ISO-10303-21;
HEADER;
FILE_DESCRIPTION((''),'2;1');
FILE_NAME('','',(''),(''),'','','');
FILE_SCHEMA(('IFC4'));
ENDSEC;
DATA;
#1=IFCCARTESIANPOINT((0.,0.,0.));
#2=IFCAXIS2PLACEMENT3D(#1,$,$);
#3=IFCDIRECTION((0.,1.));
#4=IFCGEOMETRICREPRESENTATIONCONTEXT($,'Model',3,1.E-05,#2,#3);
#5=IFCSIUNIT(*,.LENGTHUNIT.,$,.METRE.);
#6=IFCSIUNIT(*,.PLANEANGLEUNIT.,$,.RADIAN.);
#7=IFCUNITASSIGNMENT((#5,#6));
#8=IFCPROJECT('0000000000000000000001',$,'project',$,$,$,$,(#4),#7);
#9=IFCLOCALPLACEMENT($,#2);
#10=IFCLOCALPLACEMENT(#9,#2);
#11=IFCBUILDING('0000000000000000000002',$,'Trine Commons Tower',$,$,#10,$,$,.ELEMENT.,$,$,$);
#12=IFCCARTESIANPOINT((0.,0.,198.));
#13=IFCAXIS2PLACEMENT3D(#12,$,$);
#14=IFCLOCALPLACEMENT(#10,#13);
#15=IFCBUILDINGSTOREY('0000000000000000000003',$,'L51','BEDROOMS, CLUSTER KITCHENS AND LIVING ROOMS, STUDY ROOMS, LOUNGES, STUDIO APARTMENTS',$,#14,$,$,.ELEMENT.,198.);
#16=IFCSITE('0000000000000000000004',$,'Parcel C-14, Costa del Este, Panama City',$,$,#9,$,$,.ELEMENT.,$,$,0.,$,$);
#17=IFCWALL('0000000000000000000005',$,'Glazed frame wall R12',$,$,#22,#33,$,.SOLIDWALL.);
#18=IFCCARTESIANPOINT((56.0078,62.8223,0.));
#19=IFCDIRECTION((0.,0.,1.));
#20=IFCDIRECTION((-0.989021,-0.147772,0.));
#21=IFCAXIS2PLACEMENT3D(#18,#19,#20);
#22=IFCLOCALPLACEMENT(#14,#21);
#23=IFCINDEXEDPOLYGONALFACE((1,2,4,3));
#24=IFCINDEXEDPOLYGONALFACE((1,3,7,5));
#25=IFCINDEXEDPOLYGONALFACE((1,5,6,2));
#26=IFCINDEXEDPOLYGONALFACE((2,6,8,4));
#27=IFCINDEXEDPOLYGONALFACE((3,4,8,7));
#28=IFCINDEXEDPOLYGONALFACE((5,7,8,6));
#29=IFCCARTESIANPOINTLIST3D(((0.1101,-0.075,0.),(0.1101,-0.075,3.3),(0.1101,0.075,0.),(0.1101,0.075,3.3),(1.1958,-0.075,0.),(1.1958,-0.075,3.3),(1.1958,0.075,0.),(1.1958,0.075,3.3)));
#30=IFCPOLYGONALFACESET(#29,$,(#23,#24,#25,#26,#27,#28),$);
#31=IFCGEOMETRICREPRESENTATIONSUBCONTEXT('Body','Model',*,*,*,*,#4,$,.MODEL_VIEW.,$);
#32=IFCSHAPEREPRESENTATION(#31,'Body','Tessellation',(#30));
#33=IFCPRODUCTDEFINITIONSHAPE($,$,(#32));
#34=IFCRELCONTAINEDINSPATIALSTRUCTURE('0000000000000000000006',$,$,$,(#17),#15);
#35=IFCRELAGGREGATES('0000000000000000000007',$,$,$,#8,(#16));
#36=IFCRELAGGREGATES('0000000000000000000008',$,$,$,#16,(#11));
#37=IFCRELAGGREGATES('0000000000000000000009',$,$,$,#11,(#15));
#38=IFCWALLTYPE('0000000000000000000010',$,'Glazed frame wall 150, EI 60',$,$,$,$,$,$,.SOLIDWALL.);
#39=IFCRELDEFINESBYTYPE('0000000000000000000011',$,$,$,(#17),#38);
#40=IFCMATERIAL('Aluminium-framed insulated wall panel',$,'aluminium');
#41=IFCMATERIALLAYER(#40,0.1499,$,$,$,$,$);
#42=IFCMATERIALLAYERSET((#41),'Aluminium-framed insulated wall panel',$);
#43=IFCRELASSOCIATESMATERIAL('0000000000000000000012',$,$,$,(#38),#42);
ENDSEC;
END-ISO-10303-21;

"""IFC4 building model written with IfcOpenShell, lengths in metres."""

from ifc_helpers import new_model, si_unit, direction, frame, origin, place, context, subcontext, project, spatial, polyline, outline, extrude, material, layer, layer_set, type_object, element, save


model = new_model("IFC4")

# Units and contexts
model_context = context("Model", 3, precision=1e-05, world=origin(), true_north=direction((0.0, 1.0)))
body_context = subcontext(model_context, "Body", "Model", "MODEL_VIEW")
ifc_project = project(units=[si_unit("LENGTHUNIT", "METRE"), si_unit("PLANEANGLEUNIT", "RADIAN")], contexts=[model_context])

# Site, building, storey
site_placement = place(None, origin())
site = spatial("IfcSite", under=ifc_project, at=site_placement, Name="Parcel C-14, Costa del Este, Panama City", CompositionType="ELEMENT", RefElevation=0.0)
building_placement = place(site_placement, origin())
building = spatial("IfcBuilding", under=site, at=building_placement, Name="Trine Commons Tower", CompositionType="ELEMENT")
storey_placement = place(building_placement, frame((0.0, 0.0, 198.0)))
storey = spatial("IfcBuildingStorey", under=building, at=storey_placement, Name="L51", Description="BEDROOMS, CLUSTER KITCHENS AND LIVING ROOMS, STUDY ROOMS, LOUNGES, STUDIO APARTMENTS", CompositionType="ELEMENT", Elevation=198.0)

# Shared definitions
ifc_material_1 = material(Name="Aluminium-framed insulated wall panel", Category="aluminium")
ifc_layer_1 = layer(ifc_material_1, 0.1499)
ifc_layer_set_1 = layer_set([ifc_layer_1], Name="Aluminium-framed insulated wall panel")
wall_type_1 = type_object("IfcWallType", Name="Glazed frame wall 150, EI 60", PredefinedType="SOLIDWALL", material=ifc_layer_set_1)

# Wall
wall_1_placement = place(storey_placement, frame((56.0078, 62.8223, 0.0), z_axis=(0.0, 0.0, 1.0), x_axis=(-0.989021, -0.147772, 0.0)))
element("IfcWall", 1, at=wall_1_placement, inside=storey, type_object=wall_type_1, Name="Glazed frame wall R12", PredefinedType="SOLIDWALL", context=body_context, shape_type="SweptSolid", body=[
    extrude(outline(polyline([(0.1101, 0.075), (0.1101, -0.075), (1.1958, -0.075), (1.1958, 0.075), (0.1101, 0.075)])), origin(), (0.0, 0.0, 1.0), 3.3),
])

save(model, "model.ifc")
